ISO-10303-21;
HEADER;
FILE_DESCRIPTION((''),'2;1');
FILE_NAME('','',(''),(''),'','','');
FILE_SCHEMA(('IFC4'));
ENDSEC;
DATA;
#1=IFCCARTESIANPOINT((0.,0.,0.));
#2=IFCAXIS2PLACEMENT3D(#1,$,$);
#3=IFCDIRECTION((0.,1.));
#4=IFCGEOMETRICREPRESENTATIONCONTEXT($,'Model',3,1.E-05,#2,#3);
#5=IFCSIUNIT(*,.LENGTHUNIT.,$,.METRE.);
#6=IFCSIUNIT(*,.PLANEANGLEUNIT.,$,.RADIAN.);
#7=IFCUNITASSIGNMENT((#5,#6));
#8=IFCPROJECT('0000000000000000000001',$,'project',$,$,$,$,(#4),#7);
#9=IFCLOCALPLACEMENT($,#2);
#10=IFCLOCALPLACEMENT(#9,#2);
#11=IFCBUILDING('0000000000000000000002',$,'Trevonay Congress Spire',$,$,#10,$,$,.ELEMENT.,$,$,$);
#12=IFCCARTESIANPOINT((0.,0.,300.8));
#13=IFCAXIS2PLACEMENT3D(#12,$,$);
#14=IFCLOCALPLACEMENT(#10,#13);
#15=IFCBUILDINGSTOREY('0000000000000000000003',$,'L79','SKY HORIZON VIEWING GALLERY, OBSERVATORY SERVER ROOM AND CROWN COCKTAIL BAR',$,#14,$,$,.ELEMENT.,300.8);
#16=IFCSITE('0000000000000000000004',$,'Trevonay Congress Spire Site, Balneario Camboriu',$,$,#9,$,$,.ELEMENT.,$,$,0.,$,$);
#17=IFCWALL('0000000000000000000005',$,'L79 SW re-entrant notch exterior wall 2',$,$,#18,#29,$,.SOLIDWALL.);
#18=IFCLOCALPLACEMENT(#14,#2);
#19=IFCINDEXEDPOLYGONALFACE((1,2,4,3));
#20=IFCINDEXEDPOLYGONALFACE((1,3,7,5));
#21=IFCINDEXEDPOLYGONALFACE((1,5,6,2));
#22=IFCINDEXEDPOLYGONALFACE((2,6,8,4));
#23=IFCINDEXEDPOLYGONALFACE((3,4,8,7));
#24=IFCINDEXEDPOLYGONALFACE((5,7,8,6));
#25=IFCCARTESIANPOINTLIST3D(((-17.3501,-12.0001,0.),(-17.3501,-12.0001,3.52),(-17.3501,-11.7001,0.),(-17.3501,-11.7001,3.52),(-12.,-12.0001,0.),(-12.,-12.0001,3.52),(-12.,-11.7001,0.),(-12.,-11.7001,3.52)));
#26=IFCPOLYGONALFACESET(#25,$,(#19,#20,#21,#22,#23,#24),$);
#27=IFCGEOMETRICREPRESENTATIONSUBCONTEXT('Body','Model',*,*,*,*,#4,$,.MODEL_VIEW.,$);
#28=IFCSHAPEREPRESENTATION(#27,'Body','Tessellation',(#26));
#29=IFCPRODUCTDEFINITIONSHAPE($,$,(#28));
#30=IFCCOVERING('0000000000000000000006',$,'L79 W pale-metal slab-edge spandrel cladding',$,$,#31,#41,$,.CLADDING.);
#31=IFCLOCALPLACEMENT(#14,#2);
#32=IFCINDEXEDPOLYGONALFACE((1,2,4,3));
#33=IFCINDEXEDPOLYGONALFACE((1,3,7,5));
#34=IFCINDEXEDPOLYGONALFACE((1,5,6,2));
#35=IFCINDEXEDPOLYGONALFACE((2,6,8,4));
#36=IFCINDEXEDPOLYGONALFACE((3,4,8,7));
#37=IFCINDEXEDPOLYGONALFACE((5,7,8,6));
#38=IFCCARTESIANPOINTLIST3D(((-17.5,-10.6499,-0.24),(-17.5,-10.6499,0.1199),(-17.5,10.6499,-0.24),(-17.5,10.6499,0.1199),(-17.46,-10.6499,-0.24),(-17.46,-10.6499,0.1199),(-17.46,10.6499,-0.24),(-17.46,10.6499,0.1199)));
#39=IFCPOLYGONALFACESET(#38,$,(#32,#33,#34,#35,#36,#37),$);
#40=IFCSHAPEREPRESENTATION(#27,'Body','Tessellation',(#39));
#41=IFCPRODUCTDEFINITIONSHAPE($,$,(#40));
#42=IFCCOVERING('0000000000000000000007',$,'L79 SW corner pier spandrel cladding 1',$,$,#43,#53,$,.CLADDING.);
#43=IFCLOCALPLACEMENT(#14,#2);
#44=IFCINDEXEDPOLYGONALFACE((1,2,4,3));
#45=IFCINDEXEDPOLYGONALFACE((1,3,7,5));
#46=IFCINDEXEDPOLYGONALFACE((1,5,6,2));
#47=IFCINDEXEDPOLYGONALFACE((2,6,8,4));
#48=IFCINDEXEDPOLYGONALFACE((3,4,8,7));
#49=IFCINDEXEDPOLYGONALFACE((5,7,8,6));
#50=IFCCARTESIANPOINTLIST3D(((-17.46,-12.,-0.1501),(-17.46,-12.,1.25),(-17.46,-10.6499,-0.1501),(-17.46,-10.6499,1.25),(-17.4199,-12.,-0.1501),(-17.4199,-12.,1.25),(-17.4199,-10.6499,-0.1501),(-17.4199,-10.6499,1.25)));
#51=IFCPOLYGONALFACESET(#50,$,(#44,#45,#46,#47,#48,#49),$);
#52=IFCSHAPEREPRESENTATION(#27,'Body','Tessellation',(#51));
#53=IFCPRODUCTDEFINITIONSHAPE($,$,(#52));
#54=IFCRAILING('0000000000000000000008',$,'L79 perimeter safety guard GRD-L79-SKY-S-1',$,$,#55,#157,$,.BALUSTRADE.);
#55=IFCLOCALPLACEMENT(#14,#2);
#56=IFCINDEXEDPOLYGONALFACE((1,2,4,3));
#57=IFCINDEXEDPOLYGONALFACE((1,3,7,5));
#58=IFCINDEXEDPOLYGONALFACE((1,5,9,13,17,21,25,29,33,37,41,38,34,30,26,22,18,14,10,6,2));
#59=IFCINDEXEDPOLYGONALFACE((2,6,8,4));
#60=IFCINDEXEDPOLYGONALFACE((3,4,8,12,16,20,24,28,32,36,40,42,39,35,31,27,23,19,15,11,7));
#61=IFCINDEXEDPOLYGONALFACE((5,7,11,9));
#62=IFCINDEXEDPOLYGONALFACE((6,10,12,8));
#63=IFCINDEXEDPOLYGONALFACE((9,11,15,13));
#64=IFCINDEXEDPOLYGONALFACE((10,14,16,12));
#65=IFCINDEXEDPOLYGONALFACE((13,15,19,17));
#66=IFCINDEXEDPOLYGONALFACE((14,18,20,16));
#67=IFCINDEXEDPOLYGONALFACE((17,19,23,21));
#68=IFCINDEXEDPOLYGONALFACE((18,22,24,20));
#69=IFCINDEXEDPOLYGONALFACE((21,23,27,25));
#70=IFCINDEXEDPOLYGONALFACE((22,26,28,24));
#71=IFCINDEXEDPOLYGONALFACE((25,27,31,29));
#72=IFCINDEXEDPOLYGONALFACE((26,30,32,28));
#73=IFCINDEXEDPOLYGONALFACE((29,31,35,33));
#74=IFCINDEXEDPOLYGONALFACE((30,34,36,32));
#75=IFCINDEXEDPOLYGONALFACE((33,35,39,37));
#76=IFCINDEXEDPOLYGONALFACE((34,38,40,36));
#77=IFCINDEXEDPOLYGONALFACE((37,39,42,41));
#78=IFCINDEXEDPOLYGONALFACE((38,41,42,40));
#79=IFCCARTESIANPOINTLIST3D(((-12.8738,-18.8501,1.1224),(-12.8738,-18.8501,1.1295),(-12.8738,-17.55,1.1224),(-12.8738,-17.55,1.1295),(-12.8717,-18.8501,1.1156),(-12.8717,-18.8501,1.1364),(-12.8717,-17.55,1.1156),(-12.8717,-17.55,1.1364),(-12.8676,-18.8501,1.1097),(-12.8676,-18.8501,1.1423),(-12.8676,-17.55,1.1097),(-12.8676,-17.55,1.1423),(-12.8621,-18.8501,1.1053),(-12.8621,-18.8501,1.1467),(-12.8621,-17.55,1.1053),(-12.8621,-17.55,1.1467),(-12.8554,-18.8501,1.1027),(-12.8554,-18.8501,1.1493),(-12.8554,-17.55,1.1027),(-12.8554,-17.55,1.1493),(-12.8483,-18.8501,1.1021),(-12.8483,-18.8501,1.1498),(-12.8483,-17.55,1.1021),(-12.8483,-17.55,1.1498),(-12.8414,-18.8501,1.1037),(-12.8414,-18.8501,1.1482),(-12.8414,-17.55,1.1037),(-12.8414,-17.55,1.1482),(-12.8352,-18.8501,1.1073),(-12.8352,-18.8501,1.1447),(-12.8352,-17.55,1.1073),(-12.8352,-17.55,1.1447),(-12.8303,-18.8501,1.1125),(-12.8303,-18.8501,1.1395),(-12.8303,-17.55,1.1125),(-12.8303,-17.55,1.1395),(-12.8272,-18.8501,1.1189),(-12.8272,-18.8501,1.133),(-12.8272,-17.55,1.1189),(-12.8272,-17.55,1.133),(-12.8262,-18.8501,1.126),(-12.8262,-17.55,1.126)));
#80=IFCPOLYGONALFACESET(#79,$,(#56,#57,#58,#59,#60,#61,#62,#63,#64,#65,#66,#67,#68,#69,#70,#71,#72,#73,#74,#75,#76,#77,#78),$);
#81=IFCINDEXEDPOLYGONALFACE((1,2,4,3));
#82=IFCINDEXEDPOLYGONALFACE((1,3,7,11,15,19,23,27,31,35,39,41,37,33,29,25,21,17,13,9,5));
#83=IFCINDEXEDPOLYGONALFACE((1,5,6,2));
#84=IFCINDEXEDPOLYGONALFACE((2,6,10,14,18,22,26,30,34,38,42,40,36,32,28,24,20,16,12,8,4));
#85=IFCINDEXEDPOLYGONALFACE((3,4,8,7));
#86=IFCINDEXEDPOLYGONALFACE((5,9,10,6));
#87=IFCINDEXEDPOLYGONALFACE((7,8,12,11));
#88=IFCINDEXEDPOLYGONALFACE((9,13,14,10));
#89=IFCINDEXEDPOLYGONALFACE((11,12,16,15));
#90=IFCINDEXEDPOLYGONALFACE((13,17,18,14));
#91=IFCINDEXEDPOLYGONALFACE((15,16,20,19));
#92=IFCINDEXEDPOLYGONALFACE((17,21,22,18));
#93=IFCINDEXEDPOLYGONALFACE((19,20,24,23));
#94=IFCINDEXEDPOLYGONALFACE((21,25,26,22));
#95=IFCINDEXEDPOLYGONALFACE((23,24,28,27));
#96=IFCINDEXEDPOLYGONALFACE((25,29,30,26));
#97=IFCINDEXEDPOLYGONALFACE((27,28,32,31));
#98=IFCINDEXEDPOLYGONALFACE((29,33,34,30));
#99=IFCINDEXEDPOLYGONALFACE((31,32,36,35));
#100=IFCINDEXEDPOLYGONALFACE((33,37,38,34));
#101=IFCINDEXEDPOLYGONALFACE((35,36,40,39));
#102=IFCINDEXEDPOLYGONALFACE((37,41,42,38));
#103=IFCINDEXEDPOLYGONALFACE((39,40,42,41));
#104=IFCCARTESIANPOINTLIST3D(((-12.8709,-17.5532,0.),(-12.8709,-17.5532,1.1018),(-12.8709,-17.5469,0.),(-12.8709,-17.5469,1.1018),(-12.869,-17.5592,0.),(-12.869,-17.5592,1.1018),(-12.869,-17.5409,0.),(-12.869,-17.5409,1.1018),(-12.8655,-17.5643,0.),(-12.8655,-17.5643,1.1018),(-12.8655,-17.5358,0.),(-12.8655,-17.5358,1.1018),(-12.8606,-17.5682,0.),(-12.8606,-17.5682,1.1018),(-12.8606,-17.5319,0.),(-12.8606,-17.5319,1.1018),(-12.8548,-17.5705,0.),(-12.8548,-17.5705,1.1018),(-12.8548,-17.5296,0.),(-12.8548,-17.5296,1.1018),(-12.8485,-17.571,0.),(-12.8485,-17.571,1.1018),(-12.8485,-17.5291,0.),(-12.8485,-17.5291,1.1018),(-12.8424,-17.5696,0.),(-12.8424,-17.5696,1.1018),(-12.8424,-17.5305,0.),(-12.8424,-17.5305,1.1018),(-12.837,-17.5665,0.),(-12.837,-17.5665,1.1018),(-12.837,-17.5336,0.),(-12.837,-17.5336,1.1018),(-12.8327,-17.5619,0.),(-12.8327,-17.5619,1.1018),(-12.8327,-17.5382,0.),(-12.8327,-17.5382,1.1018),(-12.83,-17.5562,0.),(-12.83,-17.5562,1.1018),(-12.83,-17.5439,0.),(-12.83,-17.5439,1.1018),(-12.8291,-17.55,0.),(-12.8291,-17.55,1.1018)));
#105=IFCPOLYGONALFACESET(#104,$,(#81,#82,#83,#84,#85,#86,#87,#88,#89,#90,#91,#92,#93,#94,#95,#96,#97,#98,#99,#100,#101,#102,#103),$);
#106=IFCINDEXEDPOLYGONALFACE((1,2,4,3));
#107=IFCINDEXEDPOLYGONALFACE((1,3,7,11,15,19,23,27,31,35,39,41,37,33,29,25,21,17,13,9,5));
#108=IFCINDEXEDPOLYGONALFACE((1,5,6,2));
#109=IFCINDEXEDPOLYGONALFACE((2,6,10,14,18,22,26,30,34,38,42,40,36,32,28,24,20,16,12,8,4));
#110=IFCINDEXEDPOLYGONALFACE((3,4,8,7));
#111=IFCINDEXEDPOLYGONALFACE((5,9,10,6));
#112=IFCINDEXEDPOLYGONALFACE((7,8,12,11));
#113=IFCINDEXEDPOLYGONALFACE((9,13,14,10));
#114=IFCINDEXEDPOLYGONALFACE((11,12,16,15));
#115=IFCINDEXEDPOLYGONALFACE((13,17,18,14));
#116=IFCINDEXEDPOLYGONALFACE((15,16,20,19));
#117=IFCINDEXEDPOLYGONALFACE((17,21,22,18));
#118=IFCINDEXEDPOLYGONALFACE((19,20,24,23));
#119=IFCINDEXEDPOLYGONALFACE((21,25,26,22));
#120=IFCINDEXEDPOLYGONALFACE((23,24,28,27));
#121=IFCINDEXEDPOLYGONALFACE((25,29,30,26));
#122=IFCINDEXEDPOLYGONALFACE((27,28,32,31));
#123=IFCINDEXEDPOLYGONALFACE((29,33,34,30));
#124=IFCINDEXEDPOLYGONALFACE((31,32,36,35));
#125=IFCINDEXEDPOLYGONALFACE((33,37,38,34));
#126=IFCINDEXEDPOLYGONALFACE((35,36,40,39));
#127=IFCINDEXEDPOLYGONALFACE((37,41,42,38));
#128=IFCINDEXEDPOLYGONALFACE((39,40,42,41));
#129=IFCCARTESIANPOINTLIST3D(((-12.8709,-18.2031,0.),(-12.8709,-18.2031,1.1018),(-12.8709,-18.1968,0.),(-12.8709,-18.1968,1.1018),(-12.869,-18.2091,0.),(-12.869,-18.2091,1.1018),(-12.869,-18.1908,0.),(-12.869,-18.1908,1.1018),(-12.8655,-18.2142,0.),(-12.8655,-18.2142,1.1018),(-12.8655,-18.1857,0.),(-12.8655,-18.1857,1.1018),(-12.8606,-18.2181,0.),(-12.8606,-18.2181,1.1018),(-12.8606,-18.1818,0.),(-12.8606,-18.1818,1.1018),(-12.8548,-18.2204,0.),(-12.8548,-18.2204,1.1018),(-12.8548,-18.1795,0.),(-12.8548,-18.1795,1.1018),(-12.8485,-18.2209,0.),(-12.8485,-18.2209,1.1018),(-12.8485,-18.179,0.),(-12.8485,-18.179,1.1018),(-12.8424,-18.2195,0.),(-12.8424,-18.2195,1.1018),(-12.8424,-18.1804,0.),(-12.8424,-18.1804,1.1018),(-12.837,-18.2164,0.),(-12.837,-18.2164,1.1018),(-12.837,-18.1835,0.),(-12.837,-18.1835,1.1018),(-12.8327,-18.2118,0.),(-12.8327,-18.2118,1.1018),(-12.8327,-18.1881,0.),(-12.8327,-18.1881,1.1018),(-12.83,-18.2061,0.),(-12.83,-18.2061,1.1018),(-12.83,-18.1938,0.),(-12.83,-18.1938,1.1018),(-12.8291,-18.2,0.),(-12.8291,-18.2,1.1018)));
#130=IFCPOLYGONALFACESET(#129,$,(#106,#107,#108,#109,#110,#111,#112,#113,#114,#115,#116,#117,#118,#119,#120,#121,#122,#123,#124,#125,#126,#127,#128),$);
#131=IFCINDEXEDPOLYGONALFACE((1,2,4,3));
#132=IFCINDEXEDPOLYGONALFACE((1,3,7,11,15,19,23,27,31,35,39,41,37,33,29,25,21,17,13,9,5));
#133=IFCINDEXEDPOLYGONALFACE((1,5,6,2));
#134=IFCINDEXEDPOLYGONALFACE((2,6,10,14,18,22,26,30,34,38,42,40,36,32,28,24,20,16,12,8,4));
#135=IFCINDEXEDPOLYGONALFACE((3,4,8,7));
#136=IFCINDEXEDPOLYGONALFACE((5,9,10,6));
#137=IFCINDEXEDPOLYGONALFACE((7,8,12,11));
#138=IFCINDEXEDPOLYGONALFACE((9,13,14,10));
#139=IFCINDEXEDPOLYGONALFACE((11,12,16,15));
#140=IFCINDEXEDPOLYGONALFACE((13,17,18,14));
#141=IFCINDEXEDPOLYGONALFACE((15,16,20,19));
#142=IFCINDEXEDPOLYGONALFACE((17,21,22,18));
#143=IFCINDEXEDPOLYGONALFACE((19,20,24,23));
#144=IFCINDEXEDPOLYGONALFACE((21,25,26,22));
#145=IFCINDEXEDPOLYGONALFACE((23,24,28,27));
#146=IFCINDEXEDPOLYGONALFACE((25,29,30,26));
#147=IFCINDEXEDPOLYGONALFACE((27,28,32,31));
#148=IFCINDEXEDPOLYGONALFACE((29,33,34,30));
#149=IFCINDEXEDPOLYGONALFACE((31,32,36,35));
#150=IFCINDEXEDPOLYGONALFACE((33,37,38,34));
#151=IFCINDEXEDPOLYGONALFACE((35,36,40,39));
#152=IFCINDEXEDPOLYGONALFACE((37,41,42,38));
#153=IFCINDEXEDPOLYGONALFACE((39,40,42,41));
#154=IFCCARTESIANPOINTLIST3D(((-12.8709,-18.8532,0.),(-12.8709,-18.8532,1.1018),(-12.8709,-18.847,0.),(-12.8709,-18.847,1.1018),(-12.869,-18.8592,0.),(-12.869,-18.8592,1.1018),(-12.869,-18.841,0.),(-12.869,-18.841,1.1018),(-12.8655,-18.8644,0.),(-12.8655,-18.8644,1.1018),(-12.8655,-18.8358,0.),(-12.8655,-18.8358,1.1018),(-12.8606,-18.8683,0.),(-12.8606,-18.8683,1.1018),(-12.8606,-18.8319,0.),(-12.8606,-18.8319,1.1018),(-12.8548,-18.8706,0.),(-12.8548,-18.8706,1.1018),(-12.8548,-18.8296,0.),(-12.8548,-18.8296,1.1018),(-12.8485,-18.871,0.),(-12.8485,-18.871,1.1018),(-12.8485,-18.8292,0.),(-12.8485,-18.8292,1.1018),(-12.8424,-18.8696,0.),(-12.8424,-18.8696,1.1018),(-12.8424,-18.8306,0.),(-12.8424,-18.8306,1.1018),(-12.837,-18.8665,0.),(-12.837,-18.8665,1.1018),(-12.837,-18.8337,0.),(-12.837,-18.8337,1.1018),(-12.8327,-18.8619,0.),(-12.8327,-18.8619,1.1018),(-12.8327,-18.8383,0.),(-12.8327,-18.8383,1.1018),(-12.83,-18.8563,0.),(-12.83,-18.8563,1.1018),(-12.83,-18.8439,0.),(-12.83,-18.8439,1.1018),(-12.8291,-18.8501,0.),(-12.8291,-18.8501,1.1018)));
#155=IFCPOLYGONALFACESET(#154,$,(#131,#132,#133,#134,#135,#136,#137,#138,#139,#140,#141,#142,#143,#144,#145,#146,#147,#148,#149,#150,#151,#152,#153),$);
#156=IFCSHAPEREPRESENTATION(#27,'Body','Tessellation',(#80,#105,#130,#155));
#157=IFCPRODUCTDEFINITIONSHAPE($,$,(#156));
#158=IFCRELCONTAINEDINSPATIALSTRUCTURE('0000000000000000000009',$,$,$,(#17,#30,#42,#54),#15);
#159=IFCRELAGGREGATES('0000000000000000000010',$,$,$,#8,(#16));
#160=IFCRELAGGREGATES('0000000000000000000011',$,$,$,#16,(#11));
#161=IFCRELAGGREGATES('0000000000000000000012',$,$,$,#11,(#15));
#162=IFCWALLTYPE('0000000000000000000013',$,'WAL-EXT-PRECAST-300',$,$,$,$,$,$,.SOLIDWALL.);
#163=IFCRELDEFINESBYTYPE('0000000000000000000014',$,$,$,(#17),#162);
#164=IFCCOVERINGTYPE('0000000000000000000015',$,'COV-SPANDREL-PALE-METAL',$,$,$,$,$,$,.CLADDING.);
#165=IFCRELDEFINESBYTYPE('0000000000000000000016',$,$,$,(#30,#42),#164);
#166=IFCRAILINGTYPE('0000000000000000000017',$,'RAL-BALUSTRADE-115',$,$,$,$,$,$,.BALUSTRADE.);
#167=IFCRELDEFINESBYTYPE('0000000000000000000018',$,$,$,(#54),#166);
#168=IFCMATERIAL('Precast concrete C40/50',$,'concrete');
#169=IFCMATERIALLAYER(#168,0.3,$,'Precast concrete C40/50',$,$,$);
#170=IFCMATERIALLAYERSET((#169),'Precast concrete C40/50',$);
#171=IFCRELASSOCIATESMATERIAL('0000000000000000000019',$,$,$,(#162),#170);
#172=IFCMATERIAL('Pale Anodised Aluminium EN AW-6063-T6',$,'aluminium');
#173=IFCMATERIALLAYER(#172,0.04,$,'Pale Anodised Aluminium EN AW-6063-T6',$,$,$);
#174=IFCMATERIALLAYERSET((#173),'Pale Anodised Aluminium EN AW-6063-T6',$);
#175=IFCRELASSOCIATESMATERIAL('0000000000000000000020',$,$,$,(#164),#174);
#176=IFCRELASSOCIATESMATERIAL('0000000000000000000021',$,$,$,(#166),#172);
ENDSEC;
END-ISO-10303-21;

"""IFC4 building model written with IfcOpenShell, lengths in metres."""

from ifc_helpers import new_model, si_unit, direction, frame, frame_2d, origin, origin_2d, place, context, subcontext, project, spatial, rectangle, circle, extrude, material, layer, layer_set, type_object, element, save


model = new_model("IFC4")

# Units and contexts
model_context = context("Model", 3, precision=1e-05, world=origin(), true_north=direction((0.0, 1.0)))
body_context = subcontext(model_context, "Body", "Model", "MODEL_VIEW")
ifc_project = project(units=[si_unit("LENGTHUNIT", "METRE"), si_unit("PLANEANGLEUNIT", "RADIAN")], contexts=[model_context])

# Site, building, storey
site_placement = place(None, origin())
site = spatial("IfcSite", under=ifc_project, at=site_placement, Name="Trevonay Congress Spire Site, Balneario Camboriu", CompositionType="ELEMENT", RefElevation=0.0)
building_placement = place(site_placement, origin())
building = spatial("IfcBuilding", under=site, at=building_placement, Name="Trevonay Congress Spire", CompositionType="ELEMENT")
storey_placement = place(building_placement, frame((0.0, 0.0, 300.8)))
storey = spatial("IfcBuildingStorey", under=building, at=storey_placement, Name="L79", Description="SKY HORIZON VIEWING GALLERY, OBSERVATORY SERVER ROOM AND CROWN COCKTAIL BAR", CompositionType="ELEMENT", Elevation=300.8)

# Shared definitions
ifc_material_1 = material(Name="Pale Anodised Aluminium EN AW-6063-T6", Category="aluminium")

# Shared definitions
ifc_material_2 = material(Name="Precast concrete C40/50", Category="concrete")
ifc_layer_1 = layer(ifc_material_2, 0.3, Name="Precast concrete C40/50")
ifc_layer_set_1 = layer_set([ifc_layer_1], Name="Precast concrete C40/50")
wall_type = type_object("IfcWallType", Name="WAL-EXT-PRECAST-300", PredefinedType="SOLIDWALL", material=ifc_layer_set_1)

# Wall
wall_1_placement = place(storey_placement, frame((-17.3501, -11.8501, 0.0), z_axis=(0.0, 0.0, 1.0), x_axis=(1.0, 0.0, 0.0)))
element("IfcWall", 1, at=wall_1_placement, inside=storey, type_object=wall_type, Name="L79 SW re-entrant notch exterior wall 2", PredefinedType="SOLIDWALL", context=body_context, shape_type="SweptSolid", body=[
    extrude(rectangle(XDim=5.3501, YDim=0.3, at=frame_2d((2.675, 0.0))), origin(), (0.0, 0.0, 1.0), 3.52),
])

# Coverings
ifc_layer_2 = layer(ifc_material_1, 0.04, Name="Pale Anodised Aluminium EN AW-6063-T6")
ifc_layer_set_2 = layer_set([ifc_layer_2], Name="Pale Anodised Aluminium EN AW-6063-T6")
covering_type = type_object("IfcCoveringType", Name="COV-SPANDREL-PALE-METAL", PredefinedType="CLADDING", material=ifc_layer_set_2)
covering_1_placement = place(storey_placement, frame((-17.48, -10.6499, -0.24), z_axis=(0.0, 0.0, 1.0), x_axis=(0.0, 1.0, 0.0)))
element("IfcCovering", 2, at=covering_1_placement, inside=storey, type_object=covering_type, Name="L79 W pale-metal slab-edge spandrel cladding", PredefinedType="CLADDING", context=body_context, shape_type="SweptSolid", body=[
    extrude(rectangle(XDim=21.2998, YDim=0.04, at=frame_2d((10.6499, 0.0))), origin(), (0.0, 0.0, 1.0), 0.3599),
])
covering_2_placement = place(storey_placement, frame((-17.4399, -10.6499, -0.1501), z_axis=(0.0, 0.0, 1.0), x_axis=(0.0, -1.0, 0.0)))
element("IfcCovering", 3, at=covering_2_placement, inside=storey, type_object=covering_type, Name="L79 SW corner pier spandrel cladding 1", PredefinedType="CLADDING", context=body_context, shape_type="SweptSolid", body=[
    extrude(rectangle(XDim=1.3501, YDim=0.04, at=frame_2d((0.675, 0.0))), origin(), (0.0, 0.0, 1.0), 1.4001),
])

# Railing
railing_type = type_object("IfcRailingType", Name="RAL-BALUSTRADE-115", PredefinedType="BALUSTRADE", material=ifc_material_1)
railing_1_placement = place(storey_placement, frame((-12.8501, -17.55, 0.0)))
element("IfcRailing", 4, at=railing_1_placement, inside=storey, type_object=railing_type, Name="L79 perimeter safety guard GRD-L79-SKY-S-1", PredefinedType="BALUSTRADE", context=body_context, shape_type="SweptSolid", body=[
    extrude(circle(Radius=0.0239, at=origin_2d()), frame((0.0, 0.0, 1.126), z_axis=(0.0, -1.0, 0.0), x_axis=(1.0, 0.0, 0.0)), (0.0, 0.0, 1.0), 1.3),
    extrude(circle(Radius=0.021, at=origin_2d()), origin(), (0.0, 0.0, 1.0), 1.1018),
    extrude(circle(Radius=0.021, at=origin_2d()), frame((0.0, -0.6499, 0.0)), (0.0, 0.0, 1.0), 1.1018),
    extrude(circle(Radius=0.021, at=origin_2d()), frame((0.0, -1.3, 0.0)), (0.0, 0.0, 1.0), 1.1018),
])

save(model, "model.ifc")
